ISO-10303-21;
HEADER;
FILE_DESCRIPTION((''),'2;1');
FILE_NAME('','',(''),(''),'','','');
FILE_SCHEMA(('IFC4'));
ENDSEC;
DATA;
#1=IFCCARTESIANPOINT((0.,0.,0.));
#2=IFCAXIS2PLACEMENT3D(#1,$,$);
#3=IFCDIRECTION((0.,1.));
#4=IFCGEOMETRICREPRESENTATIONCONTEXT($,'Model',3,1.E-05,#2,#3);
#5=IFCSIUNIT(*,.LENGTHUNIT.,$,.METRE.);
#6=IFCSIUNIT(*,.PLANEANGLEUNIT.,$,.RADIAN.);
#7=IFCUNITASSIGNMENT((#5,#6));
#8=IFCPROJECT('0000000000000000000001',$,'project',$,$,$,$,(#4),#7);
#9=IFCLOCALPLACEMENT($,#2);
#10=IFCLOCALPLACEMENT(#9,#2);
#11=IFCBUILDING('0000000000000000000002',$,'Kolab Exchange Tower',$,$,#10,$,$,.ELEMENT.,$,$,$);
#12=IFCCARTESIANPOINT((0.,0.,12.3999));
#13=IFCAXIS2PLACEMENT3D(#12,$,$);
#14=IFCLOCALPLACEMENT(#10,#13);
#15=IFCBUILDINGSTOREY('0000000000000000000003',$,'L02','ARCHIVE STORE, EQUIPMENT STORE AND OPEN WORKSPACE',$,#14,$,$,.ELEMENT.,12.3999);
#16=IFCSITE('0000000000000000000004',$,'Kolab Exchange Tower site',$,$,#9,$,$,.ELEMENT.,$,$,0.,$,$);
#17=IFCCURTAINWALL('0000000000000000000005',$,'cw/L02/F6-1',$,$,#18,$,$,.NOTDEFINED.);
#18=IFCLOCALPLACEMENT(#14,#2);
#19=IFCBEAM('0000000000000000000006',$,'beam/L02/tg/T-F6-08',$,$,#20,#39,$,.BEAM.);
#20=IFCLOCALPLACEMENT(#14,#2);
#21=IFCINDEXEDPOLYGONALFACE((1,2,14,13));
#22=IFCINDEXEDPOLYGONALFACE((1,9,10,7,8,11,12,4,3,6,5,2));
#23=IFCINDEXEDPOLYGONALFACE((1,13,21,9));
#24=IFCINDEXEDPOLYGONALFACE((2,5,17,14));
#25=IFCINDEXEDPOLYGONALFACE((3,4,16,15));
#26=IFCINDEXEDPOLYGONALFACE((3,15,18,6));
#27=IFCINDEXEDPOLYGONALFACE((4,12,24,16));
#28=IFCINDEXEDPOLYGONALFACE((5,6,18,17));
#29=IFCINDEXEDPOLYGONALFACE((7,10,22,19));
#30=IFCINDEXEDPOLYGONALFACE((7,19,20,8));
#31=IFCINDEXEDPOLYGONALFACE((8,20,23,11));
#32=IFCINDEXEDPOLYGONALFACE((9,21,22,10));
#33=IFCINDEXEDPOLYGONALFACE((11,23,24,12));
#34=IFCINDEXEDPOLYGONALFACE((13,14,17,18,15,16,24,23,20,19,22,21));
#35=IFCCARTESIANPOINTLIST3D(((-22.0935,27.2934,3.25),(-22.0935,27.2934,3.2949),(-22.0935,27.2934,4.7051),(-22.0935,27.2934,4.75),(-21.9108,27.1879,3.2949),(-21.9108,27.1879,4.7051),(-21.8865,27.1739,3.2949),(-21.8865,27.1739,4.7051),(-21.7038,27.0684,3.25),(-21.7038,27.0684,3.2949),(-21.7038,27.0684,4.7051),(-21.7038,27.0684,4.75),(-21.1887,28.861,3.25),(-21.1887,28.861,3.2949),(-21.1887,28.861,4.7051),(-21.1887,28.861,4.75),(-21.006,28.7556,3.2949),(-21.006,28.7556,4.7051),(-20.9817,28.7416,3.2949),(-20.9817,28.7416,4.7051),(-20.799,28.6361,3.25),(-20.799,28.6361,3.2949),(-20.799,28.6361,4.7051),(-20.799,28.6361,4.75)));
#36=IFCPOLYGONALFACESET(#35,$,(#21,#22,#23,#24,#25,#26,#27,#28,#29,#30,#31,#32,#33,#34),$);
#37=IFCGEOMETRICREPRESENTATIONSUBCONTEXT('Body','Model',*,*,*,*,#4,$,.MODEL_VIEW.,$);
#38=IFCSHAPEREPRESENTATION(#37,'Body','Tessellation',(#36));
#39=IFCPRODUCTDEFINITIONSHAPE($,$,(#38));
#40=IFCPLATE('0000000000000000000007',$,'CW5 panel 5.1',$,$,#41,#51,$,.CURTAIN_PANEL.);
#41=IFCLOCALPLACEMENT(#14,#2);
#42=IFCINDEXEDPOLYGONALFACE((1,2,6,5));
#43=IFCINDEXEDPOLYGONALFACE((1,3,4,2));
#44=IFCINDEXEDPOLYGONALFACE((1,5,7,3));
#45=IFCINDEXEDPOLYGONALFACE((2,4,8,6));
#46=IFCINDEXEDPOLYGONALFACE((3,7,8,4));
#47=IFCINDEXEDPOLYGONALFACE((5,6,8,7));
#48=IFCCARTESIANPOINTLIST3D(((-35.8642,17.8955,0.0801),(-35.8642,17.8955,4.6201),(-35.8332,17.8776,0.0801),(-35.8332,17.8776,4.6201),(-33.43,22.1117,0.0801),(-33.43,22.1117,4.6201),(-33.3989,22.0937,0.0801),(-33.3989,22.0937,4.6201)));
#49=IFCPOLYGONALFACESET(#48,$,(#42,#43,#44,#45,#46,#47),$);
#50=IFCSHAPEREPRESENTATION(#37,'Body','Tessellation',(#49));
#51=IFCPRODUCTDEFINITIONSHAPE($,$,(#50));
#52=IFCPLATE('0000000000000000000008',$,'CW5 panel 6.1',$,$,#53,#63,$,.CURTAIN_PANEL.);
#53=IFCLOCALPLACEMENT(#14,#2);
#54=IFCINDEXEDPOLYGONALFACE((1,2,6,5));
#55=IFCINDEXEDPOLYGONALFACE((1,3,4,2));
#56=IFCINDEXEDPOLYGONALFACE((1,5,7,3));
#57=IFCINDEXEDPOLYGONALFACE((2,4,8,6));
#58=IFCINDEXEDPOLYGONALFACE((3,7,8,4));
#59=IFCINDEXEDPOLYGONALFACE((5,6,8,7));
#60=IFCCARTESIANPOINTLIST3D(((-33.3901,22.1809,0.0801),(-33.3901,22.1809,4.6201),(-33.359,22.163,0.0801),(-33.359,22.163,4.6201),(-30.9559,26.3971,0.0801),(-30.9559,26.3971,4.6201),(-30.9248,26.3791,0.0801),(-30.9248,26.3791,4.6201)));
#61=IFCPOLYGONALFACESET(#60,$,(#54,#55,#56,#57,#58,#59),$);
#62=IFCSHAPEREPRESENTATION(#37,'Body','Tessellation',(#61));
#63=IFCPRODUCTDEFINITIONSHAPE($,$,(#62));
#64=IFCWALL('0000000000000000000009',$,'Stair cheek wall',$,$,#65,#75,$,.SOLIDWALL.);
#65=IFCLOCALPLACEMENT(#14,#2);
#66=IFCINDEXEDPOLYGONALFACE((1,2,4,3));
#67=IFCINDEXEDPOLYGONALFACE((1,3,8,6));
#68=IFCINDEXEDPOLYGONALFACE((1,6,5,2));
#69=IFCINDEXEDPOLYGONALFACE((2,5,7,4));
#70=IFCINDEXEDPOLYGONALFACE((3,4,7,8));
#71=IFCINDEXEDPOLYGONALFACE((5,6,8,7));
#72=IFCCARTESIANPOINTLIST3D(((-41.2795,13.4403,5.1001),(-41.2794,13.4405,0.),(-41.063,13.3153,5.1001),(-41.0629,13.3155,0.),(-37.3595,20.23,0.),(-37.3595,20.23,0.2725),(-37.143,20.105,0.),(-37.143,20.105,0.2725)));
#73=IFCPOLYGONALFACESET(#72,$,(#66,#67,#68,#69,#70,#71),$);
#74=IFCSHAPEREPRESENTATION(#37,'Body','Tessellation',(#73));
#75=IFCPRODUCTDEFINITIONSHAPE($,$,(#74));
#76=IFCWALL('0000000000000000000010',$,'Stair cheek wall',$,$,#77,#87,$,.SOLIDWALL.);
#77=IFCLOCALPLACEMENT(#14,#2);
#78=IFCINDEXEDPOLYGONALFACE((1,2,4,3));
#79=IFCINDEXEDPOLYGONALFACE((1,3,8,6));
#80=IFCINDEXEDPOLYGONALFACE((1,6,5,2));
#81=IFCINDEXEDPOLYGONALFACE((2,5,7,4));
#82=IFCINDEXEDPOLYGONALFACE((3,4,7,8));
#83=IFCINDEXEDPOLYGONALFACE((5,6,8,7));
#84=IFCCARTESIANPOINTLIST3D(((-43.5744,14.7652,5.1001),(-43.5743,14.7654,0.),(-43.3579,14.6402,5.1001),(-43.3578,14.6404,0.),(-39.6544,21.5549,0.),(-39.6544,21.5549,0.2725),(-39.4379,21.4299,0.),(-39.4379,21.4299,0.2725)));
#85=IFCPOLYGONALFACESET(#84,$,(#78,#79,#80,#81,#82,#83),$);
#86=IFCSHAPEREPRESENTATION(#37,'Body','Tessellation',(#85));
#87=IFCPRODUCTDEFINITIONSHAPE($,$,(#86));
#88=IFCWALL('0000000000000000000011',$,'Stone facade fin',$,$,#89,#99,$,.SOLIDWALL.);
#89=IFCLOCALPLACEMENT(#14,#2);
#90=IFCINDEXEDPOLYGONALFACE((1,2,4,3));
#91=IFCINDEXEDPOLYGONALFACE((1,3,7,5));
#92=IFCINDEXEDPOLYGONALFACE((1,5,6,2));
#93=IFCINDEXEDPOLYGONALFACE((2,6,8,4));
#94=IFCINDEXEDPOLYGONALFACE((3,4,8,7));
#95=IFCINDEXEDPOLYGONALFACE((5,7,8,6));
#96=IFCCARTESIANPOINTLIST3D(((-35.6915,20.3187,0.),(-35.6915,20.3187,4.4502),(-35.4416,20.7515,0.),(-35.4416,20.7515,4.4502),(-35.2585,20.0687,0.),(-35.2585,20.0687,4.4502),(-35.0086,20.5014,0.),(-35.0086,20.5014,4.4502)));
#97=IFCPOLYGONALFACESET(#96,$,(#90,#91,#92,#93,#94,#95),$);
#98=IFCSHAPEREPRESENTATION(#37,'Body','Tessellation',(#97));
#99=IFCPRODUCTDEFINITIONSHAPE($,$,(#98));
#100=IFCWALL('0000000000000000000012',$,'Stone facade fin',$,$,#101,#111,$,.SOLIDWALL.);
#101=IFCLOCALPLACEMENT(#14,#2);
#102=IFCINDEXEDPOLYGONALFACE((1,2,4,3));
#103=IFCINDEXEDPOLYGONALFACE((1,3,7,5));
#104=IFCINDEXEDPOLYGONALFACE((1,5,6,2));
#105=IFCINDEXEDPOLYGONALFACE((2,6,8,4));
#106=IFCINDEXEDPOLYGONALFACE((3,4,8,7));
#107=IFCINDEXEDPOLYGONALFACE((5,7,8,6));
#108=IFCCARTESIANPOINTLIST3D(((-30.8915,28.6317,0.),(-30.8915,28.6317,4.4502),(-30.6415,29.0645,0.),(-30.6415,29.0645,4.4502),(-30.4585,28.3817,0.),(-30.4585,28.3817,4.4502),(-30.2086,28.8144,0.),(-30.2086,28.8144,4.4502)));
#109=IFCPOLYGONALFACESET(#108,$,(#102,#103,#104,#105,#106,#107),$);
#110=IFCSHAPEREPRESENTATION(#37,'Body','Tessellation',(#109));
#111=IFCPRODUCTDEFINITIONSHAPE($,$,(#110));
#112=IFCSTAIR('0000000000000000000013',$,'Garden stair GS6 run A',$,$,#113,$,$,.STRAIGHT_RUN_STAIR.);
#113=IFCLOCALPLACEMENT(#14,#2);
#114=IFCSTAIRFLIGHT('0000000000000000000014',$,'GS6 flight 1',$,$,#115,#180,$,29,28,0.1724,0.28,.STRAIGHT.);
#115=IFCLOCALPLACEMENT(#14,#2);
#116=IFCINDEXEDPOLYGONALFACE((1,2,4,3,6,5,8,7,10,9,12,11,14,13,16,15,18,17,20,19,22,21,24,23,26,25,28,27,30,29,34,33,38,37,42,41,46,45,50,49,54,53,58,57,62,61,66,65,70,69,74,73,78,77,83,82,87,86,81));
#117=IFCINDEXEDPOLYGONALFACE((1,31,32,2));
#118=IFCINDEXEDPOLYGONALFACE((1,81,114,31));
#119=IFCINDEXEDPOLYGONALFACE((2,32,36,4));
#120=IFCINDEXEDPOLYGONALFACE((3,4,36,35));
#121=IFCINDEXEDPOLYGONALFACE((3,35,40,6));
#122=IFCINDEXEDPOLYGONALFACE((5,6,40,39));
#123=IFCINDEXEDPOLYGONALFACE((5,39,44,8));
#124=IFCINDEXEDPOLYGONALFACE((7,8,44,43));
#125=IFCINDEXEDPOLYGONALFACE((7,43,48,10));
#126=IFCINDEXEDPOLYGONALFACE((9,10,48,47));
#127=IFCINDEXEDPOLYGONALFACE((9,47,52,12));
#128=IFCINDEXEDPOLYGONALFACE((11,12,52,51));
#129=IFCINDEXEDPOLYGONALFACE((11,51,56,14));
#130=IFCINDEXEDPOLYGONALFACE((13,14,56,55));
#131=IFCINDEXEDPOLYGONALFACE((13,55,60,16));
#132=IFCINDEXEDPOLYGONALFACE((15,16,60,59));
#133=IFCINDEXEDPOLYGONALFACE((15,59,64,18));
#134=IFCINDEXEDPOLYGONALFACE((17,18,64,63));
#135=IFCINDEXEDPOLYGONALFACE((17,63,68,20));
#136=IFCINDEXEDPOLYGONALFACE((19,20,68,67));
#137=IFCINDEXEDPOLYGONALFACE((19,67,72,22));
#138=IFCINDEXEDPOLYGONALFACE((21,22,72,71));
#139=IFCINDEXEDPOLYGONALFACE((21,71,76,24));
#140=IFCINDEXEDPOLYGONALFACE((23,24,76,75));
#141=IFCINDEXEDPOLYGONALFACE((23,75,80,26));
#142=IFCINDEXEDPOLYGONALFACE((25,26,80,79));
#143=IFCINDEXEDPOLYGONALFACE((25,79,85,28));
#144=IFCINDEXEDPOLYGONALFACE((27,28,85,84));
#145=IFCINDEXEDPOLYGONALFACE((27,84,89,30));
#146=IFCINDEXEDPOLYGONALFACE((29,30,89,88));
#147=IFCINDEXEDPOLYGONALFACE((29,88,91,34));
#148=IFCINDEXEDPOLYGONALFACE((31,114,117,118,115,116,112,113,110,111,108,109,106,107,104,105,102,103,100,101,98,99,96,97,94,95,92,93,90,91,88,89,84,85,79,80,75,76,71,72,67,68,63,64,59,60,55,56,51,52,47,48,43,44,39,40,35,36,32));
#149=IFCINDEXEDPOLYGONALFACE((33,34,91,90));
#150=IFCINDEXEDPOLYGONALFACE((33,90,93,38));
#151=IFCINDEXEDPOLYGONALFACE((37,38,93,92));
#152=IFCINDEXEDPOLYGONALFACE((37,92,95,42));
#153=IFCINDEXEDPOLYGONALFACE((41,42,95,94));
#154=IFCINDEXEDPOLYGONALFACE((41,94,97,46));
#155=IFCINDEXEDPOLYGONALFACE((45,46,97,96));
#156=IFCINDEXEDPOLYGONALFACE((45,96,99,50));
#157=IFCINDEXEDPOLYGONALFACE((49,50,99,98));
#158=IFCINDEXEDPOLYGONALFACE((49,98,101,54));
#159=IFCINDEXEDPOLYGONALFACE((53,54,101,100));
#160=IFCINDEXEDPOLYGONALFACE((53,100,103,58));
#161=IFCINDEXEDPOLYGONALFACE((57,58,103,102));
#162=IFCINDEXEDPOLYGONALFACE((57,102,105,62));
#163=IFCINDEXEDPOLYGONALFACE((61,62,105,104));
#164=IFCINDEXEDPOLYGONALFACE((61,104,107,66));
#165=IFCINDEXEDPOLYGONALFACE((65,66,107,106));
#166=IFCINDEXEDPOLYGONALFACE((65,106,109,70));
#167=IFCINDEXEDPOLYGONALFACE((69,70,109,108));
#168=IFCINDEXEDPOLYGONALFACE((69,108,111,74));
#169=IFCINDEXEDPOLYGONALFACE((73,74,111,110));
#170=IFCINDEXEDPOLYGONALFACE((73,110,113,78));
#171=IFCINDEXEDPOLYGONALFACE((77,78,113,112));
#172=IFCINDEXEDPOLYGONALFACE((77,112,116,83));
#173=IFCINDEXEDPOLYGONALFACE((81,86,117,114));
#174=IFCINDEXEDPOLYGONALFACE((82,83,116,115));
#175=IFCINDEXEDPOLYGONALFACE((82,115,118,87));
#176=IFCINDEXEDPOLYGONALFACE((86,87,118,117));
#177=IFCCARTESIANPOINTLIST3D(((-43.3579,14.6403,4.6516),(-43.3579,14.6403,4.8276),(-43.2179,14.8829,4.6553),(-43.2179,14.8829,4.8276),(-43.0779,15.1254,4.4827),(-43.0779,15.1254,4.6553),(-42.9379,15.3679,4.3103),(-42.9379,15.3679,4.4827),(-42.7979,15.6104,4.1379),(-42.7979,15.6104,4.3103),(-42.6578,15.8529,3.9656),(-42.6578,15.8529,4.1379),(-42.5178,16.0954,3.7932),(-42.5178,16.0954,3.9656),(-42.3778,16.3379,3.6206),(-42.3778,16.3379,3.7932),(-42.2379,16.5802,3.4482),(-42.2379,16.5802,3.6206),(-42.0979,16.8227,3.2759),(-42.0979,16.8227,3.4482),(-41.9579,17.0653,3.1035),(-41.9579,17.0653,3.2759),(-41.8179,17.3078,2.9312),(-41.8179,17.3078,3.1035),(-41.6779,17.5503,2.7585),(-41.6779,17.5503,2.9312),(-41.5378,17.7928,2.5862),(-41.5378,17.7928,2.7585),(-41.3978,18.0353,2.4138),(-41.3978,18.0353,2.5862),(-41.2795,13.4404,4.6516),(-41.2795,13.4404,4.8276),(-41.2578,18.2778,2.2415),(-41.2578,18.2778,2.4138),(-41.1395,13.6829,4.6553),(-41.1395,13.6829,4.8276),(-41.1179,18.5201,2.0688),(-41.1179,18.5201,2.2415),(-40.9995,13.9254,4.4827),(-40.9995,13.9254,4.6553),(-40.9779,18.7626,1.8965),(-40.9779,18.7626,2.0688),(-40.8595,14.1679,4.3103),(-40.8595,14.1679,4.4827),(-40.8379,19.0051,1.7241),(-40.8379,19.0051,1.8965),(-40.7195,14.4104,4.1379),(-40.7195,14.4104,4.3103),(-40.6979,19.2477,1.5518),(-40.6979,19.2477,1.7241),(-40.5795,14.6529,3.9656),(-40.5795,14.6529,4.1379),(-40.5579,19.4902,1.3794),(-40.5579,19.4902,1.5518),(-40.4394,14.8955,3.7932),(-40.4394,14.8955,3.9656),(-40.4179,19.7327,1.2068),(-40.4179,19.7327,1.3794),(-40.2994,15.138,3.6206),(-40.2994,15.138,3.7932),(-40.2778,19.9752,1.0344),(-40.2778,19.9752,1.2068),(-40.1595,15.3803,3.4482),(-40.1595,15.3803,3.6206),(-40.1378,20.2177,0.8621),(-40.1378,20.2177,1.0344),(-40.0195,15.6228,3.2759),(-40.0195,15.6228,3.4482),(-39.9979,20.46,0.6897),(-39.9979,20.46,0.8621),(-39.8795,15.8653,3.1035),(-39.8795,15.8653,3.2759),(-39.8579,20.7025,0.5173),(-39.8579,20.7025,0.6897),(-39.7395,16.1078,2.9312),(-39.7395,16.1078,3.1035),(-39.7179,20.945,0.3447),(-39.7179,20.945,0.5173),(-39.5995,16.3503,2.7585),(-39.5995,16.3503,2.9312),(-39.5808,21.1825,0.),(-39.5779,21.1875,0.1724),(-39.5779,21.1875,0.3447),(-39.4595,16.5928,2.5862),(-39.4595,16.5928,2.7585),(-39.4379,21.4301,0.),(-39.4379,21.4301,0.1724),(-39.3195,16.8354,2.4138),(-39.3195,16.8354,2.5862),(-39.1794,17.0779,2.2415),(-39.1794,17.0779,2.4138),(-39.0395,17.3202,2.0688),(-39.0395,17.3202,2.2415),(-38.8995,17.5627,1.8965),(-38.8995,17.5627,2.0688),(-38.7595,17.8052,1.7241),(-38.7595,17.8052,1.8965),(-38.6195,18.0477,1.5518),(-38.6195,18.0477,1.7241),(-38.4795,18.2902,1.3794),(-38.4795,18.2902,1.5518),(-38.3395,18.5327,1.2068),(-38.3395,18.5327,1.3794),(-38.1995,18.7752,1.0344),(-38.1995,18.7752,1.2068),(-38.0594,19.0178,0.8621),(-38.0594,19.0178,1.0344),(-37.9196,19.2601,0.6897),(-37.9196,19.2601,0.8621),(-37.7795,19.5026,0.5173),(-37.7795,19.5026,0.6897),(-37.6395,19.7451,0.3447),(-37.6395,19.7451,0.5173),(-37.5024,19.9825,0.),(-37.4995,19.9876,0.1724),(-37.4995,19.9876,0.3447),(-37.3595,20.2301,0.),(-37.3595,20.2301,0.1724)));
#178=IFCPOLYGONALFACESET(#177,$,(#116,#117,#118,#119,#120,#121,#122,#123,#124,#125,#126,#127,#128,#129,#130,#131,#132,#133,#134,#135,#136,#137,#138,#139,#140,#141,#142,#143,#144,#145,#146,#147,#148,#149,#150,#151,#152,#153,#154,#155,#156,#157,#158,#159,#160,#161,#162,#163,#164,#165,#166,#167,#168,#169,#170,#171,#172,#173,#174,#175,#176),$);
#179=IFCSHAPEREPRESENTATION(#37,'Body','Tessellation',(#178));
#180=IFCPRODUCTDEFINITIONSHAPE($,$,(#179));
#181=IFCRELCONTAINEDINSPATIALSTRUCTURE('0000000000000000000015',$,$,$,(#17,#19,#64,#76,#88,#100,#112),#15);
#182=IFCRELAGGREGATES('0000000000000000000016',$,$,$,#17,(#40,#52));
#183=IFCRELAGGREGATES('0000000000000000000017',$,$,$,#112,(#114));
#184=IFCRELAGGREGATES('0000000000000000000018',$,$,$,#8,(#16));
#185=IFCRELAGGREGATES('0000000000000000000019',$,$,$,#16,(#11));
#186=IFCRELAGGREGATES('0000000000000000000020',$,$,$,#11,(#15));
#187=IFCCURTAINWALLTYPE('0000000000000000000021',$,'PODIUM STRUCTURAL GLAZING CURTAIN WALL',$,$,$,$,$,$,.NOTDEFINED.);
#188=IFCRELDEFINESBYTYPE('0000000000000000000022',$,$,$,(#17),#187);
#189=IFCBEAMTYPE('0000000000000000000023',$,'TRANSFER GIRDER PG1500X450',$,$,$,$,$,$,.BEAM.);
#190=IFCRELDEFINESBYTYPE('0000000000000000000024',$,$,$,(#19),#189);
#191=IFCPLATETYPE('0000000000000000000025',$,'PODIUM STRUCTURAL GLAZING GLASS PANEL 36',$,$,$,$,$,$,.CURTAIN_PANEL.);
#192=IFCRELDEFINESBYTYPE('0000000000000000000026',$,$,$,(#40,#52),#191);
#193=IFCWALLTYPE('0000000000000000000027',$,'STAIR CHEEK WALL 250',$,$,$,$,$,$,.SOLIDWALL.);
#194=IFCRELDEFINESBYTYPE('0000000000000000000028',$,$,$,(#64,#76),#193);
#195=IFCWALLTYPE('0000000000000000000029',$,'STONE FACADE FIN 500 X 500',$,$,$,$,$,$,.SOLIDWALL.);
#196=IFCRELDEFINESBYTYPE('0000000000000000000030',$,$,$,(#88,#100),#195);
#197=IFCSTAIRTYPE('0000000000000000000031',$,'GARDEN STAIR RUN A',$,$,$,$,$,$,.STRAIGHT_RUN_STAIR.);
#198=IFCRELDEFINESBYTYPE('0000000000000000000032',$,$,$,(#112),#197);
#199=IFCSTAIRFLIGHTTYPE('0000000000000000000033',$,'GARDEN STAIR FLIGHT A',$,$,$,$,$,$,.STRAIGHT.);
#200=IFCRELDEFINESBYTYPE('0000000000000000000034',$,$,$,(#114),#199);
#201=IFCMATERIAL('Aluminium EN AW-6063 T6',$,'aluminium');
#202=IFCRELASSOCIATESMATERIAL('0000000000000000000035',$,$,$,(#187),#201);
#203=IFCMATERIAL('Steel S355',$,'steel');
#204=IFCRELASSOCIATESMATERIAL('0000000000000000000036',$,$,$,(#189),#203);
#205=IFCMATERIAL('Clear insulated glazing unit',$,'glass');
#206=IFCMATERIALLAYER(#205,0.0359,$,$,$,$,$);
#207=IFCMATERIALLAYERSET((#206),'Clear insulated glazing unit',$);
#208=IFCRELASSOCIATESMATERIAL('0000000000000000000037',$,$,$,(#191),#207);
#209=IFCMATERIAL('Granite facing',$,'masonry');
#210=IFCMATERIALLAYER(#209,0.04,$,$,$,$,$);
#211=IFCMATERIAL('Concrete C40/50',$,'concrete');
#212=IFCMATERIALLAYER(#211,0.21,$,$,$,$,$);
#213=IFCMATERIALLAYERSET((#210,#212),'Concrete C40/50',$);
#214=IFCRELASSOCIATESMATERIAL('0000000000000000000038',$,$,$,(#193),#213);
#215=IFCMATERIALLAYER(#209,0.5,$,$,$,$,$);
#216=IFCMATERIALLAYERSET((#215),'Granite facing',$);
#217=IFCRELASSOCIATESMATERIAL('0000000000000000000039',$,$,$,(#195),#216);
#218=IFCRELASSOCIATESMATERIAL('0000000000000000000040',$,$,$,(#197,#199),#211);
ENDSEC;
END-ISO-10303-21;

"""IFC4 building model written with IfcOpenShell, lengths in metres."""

from ifc_helpers import new_model, si_unit, direction, frame, frame_2d, origin, origin_2d, place, context, subcontext, project, spatial, polyline, rectangle, i_section, outline, extrude, material, layer, layer_set, material_profile, profile_set, type_object, element, aggregate, save


model = new_model("IFC4")

# Units and contexts
model_context = context("Model", 3, precision=1e-05, world=origin(), true_north=direction((0.0, 1.0)))
body_context = subcontext(model_context, "Body", "Model", "MODEL_VIEW")
ifc_project = project(units=[si_unit("LENGTHUNIT", "METRE"), si_unit("PLANEANGLEUNIT", "RADIAN")], contexts=[model_context])

# Site, building, storey
site_placement = place(None, origin())
site = spatial("IfcSite", under=ifc_project, at=site_placement, Name="Kolab Exchange Tower site", CompositionType="ELEMENT", RefElevation=0.0)
building_placement = place(site_placement, origin())
building = spatial("IfcBuilding", under=site, at=building_placement, Name="Kolab Exchange Tower", CompositionType="ELEMENT")
storey_placement = place(building_placement, frame((0.0, 0.0, 12.3999)))
storey = spatial("IfcBuildingStorey", under=building, at=storey_placement, Name="L02", Description="ARCHIVE STORE, EQUIPMENT STORE AND OPEN WORKSPACE", CompositionType="ELEMENT", Elevation=12.3999)

# Shared definitions
ifc_material_1 = material(Name="Steel S355", Category="steel")

# Curtain wall
ifc_material_2 = material(Name="Aluminium EN AW-6063 T6", Category="aluminium")
curtain_wall_type = type_object("IfcCurtainWallType", Name="PODIUM STRUCTURAL GLAZING CURTAIN WALL", PredefinedType="NOTDEFINED", material=ifc_material_2)
curtain_wall_placement = place(storey_placement, origin())
curtain_wall = element("IfcCurtainWall", 1, at=curtain_wall_placement, inside=storey, type_object=curtain_wall_type, Name="cw/L02/F6-1", PredefinedType="NOTDEFINED")

# Beam
ifc_material_profile_1 = material_profile(ifc_material_1, i_section(OverallWidth=0.45, OverallDepth=1.5, WebThickness=0.0281, FlangeThickness=0.0449, at=origin_2d()), Name="PG1500X450")
ifc_profile_set_1 = profile_set([ifc_material_profile_1], Name="Steel S355")
beam_type_1 = type_object("IfcBeamType", Name="TRANSFER GIRDER PG1500X450", PredefinedType="BEAM", material=ifc_profile_set_1)
beam_1_placement = place(storey_placement, frame((-21.8987, 27.1809, 4.0), z_axis=(0.499882, 0.866094, 0.0), x_axis=(-0.866094, 0.499882, 0.0)))
element("IfcBeam", 2, at=beam_1_placement, inside=storey, type_object=beam_type_1, Name="beam/L02/tg/T-F6-08", PredefinedType="BEAM", context=body_context, shape_type="SweptSolid", body=[
    extrude(i_section(OverallWidth=0.45, OverallDepth=1.5, WebThickness=0.0281, FlangeThickness=0.0449, at=origin_2d()), origin(), (0.0, 0.0, 1.0), 1.8101),
])

# Plates
ifc_material_3 = material(Name="Clear insulated glazing unit", Category="glass")
ifc_layer_1 = layer(ifc_material_3, 0.0359)
ifc_layer_set_1 = layer_set([ifc_layer_1], Name="Clear insulated glazing unit")
plate_type = type_object("IfcPlateType", Name="PODIUM STRUCTURAL GLAZING GLASS PANEL 36", PredefinedType="CURTAIN_PANEL", material=ifc_layer_set_1)
plate_1_placement = place(storey_placement, frame((-34.6316, 19.9946, 0.0801), z_axis=(0.0, 0.0, 1.0), x_axis=(0.5, 0.866025, 0.0)))
plate_1 = element("IfcPlate", 3, at=plate_1_placement, type_object=plate_type, Name="CW5 panel 5.1", PredefinedType="CURTAIN_PANEL", context=body_context, shape_type="SweptSolid", body=[
    extrude(rectangle(XDim=4.8684, YDim=0.0359, at=origin_2d()), origin(), (0.0, 0.0, 1.0), 4.54),
])
plate_2_placement = place(storey_placement, frame((-32.1575, 24.28, 0.0801), z_axis=(0.0, 0.0, 1.0), x_axis=(0.5, 0.866025, 0.0)))
plate_2 = element("IfcPlate", 4, at=plate_2_placement, type_object=plate_type, Name="CW5 panel 6.1", PredefinedType="CURTAIN_PANEL", context=body_context, shape_type="SweptSolid", body=[
    extrude(rectangle(XDim=4.8684, YDim=0.0359, at=origin_2d()), origin(), (0.0, 0.0, 1.0), 4.54),
])
aggregate(curtain_wall, [plate_1, plate_2])

# Walls
ifc_material_4 = material(Name="Granite facing", Category="masonry")
ifc_layer_2 = layer(ifc_material_4, 0.04)
ifc_material_5 = material(Name="Concrete C40/50", Category="concrete")
ifc_layer_3 = layer(ifc_material_5, 0.21)
ifc_layer_set_2 = layer_set([ifc_layer_2, ifc_layer_3], Name="Concrete C40/50")
wall_type_1 = type_object("IfcWallType", Name="STAIR CHEEK WALL 250", PredefinedType="SOLIDWALL", material=ifc_layer_set_2)
for number, where, z_axis, x_axis, name in (
    (5, (-37.2512, 20.1675, 0.0), (0.0, 0.0, 1.0), (-0.499997, -0.866027, 0.0), "Stair cheek wall"),
    (6, (-39.5461, 21.4924, 0.0), (0.0, 0.0, 1.0), (-0.499997, -0.866027, 0.0), "Stair cheek wall"),
):
    element("IfcWall", number, at=place(storey_placement, frame(where, z_axis=z_axis, x_axis=x_axis)), inside=storey, type_object=wall_type_1, Name=name, PredefinedType="SOLIDWALL", context=body_context, shape_type="SweptSolid", body=[
        extrude(outline(polyline([(0.0, 0.0), (7.8398, 0.0), (7.8401, 5.1001), (0.0, 0.2725), (0.0, 0.0)])), frame((0.0, 0.125, 0.0), z_axis=(0.0, -1.0, 0.0), x_axis=(1.0, 0.0, 0.0)), (0.0, 0.0, 1.0), 0.25),
    ])
ifc_layer_4 = layer(ifc_material_4, 0.5)
ifc_layer_set_3 = layer_set([ifc_layer_4], Name="Granite facing")
wall_type_2 = type_object("IfcWallType", Name="STONE FACADE FIN 500 X 500", PredefinedType="SOLIDWALL", material=ifc_layer_set_3)
for number, where, z_axis, x_axis, name in (
    (7, (-35.4751, 20.1936, 0.0), (0.0, 0.0, 1.0), (0.500131, 0.86595, 0.0), "Stone facade fin"),
    (8, (-30.675, 28.5066, 0.0), (0.0, 0.0, 1.0), (0.500131, 0.86595, 0.0), "Stone facade fin"),
):
    element("IfcWall", number, at=place(storey_placement, frame(where, z_axis=z_axis, x_axis=x_axis)), inside=storey, type_object=wall_type_2, Name=name, PredefinedType="SOLIDWALL", context=body_context, shape_type="SweptSolid", body=[
        extrude(rectangle(XDim=0.4998, YDim=0.5, at=frame_2d((0.25, 0.0))), origin(), (0.0, 0.0, 1.0), 4.4502),
    ])

# Stair, stair flight
stair_type = type_object("IfcStairType", Name="GARDEN STAIR RUN A", PredefinedType="STRAIGHT_RUN_STAIR", material=ifc_material_5)
stair_placement = place(storey_placement, origin())
stair = element("IfcStair", 9, at=stair_placement, inside=storey, type_object=stair_type, Name="Garden stair GS6 run A", PredefinedType="STRAIGHT_RUN_STAIR")
stair_flight_type = type_object("IfcStairFlightType", Name="GARDEN STAIR FLIGHT A", PredefinedType="STRAIGHT", material=ifc_material_5)
stair_flight_placement = place(storey_placement, frame((-38.3987, 20.8301, 0.0), z_axis=(0.0, 0.0, 1.0), x_axis=(-0.5, -0.866025, 0.0)))
stair_flight = element("IfcStairFlight", 10, at=stair_flight_placement, type_object=stair_flight_type, Name="GS6 flight 1", NumberOfRisers=29, NumberOfTreads=28, PredefinedType="STRAIGHT", RiserHeight=0.1724, TreadLength=0.28, context=body_context, shape_type="SweptSolid", body=[
    extrude(outline(polyline([(0.0, 0.0), (0.0, 0.1724), (0.28, 0.1724), (0.28, 0.3447), (0.5601, 0.3447), (0.5601, 0.5173), (0.8401, 0.5173), (0.8401, 0.6897), (1.1201, 0.6897), (1.1201, 0.8621), (1.3999, 0.8621), (1.3999, 1.0344), (1.6799, 1.0344), (1.6799, 1.2068), (1.96, 1.2068), (1.96, 1.3794), (2.24, 1.3794), (2.24, 1.5518), (2.52, 1.5518), (2.52, 1.7241), (2.8, 1.7241), (2.8, 1.8965), (3.0801, 1.8965), (3.0801, 2.0688), (3.3601, 2.0688), (3.3601, 2.2415), (3.6399, 2.2415), (3.6399, 2.4138), (3.9199, 2.4138), (3.9199, 2.5862), (4.2, 2.5862), (4.2, 2.7585), (4.48, 2.7585), (4.48, 2.9312), (4.76, 2.9312), (4.76, 3.1035), (5.04, 3.1035), (5.04, 3.2759), (5.3201, 3.2759), (5.3201, 3.4482), (5.6001, 3.4482), (5.6001, 3.6206), (5.8799, 3.6206), (5.8799, 3.7932), (6.1599, 3.7932), (6.1599, 3.9656), (6.4399, 3.9656), (6.4399, 4.1379), (6.72, 4.1379), (6.72, 4.3103), (7.0, 4.3103), (7.0, 4.4827), (7.28, 4.4827), (7.28, 4.6553), (7.5601, 4.6553), (7.5601, 4.8276), (7.8401, 4.8276), (7.8401, 5.0), (7.8401, 4.6516), (0.2859, 0.0), (0.0, 0.0)])), frame((0.0, 1.2, 0.0), z_axis=(0.0, -1.0, 0.0), x_axis=(1.0, 0.0, 0.0)), (0.0, 0.0, 1.0), 2.3999),
])
aggregate(stair, [stair_flight])

save(model, "model.ifc")
